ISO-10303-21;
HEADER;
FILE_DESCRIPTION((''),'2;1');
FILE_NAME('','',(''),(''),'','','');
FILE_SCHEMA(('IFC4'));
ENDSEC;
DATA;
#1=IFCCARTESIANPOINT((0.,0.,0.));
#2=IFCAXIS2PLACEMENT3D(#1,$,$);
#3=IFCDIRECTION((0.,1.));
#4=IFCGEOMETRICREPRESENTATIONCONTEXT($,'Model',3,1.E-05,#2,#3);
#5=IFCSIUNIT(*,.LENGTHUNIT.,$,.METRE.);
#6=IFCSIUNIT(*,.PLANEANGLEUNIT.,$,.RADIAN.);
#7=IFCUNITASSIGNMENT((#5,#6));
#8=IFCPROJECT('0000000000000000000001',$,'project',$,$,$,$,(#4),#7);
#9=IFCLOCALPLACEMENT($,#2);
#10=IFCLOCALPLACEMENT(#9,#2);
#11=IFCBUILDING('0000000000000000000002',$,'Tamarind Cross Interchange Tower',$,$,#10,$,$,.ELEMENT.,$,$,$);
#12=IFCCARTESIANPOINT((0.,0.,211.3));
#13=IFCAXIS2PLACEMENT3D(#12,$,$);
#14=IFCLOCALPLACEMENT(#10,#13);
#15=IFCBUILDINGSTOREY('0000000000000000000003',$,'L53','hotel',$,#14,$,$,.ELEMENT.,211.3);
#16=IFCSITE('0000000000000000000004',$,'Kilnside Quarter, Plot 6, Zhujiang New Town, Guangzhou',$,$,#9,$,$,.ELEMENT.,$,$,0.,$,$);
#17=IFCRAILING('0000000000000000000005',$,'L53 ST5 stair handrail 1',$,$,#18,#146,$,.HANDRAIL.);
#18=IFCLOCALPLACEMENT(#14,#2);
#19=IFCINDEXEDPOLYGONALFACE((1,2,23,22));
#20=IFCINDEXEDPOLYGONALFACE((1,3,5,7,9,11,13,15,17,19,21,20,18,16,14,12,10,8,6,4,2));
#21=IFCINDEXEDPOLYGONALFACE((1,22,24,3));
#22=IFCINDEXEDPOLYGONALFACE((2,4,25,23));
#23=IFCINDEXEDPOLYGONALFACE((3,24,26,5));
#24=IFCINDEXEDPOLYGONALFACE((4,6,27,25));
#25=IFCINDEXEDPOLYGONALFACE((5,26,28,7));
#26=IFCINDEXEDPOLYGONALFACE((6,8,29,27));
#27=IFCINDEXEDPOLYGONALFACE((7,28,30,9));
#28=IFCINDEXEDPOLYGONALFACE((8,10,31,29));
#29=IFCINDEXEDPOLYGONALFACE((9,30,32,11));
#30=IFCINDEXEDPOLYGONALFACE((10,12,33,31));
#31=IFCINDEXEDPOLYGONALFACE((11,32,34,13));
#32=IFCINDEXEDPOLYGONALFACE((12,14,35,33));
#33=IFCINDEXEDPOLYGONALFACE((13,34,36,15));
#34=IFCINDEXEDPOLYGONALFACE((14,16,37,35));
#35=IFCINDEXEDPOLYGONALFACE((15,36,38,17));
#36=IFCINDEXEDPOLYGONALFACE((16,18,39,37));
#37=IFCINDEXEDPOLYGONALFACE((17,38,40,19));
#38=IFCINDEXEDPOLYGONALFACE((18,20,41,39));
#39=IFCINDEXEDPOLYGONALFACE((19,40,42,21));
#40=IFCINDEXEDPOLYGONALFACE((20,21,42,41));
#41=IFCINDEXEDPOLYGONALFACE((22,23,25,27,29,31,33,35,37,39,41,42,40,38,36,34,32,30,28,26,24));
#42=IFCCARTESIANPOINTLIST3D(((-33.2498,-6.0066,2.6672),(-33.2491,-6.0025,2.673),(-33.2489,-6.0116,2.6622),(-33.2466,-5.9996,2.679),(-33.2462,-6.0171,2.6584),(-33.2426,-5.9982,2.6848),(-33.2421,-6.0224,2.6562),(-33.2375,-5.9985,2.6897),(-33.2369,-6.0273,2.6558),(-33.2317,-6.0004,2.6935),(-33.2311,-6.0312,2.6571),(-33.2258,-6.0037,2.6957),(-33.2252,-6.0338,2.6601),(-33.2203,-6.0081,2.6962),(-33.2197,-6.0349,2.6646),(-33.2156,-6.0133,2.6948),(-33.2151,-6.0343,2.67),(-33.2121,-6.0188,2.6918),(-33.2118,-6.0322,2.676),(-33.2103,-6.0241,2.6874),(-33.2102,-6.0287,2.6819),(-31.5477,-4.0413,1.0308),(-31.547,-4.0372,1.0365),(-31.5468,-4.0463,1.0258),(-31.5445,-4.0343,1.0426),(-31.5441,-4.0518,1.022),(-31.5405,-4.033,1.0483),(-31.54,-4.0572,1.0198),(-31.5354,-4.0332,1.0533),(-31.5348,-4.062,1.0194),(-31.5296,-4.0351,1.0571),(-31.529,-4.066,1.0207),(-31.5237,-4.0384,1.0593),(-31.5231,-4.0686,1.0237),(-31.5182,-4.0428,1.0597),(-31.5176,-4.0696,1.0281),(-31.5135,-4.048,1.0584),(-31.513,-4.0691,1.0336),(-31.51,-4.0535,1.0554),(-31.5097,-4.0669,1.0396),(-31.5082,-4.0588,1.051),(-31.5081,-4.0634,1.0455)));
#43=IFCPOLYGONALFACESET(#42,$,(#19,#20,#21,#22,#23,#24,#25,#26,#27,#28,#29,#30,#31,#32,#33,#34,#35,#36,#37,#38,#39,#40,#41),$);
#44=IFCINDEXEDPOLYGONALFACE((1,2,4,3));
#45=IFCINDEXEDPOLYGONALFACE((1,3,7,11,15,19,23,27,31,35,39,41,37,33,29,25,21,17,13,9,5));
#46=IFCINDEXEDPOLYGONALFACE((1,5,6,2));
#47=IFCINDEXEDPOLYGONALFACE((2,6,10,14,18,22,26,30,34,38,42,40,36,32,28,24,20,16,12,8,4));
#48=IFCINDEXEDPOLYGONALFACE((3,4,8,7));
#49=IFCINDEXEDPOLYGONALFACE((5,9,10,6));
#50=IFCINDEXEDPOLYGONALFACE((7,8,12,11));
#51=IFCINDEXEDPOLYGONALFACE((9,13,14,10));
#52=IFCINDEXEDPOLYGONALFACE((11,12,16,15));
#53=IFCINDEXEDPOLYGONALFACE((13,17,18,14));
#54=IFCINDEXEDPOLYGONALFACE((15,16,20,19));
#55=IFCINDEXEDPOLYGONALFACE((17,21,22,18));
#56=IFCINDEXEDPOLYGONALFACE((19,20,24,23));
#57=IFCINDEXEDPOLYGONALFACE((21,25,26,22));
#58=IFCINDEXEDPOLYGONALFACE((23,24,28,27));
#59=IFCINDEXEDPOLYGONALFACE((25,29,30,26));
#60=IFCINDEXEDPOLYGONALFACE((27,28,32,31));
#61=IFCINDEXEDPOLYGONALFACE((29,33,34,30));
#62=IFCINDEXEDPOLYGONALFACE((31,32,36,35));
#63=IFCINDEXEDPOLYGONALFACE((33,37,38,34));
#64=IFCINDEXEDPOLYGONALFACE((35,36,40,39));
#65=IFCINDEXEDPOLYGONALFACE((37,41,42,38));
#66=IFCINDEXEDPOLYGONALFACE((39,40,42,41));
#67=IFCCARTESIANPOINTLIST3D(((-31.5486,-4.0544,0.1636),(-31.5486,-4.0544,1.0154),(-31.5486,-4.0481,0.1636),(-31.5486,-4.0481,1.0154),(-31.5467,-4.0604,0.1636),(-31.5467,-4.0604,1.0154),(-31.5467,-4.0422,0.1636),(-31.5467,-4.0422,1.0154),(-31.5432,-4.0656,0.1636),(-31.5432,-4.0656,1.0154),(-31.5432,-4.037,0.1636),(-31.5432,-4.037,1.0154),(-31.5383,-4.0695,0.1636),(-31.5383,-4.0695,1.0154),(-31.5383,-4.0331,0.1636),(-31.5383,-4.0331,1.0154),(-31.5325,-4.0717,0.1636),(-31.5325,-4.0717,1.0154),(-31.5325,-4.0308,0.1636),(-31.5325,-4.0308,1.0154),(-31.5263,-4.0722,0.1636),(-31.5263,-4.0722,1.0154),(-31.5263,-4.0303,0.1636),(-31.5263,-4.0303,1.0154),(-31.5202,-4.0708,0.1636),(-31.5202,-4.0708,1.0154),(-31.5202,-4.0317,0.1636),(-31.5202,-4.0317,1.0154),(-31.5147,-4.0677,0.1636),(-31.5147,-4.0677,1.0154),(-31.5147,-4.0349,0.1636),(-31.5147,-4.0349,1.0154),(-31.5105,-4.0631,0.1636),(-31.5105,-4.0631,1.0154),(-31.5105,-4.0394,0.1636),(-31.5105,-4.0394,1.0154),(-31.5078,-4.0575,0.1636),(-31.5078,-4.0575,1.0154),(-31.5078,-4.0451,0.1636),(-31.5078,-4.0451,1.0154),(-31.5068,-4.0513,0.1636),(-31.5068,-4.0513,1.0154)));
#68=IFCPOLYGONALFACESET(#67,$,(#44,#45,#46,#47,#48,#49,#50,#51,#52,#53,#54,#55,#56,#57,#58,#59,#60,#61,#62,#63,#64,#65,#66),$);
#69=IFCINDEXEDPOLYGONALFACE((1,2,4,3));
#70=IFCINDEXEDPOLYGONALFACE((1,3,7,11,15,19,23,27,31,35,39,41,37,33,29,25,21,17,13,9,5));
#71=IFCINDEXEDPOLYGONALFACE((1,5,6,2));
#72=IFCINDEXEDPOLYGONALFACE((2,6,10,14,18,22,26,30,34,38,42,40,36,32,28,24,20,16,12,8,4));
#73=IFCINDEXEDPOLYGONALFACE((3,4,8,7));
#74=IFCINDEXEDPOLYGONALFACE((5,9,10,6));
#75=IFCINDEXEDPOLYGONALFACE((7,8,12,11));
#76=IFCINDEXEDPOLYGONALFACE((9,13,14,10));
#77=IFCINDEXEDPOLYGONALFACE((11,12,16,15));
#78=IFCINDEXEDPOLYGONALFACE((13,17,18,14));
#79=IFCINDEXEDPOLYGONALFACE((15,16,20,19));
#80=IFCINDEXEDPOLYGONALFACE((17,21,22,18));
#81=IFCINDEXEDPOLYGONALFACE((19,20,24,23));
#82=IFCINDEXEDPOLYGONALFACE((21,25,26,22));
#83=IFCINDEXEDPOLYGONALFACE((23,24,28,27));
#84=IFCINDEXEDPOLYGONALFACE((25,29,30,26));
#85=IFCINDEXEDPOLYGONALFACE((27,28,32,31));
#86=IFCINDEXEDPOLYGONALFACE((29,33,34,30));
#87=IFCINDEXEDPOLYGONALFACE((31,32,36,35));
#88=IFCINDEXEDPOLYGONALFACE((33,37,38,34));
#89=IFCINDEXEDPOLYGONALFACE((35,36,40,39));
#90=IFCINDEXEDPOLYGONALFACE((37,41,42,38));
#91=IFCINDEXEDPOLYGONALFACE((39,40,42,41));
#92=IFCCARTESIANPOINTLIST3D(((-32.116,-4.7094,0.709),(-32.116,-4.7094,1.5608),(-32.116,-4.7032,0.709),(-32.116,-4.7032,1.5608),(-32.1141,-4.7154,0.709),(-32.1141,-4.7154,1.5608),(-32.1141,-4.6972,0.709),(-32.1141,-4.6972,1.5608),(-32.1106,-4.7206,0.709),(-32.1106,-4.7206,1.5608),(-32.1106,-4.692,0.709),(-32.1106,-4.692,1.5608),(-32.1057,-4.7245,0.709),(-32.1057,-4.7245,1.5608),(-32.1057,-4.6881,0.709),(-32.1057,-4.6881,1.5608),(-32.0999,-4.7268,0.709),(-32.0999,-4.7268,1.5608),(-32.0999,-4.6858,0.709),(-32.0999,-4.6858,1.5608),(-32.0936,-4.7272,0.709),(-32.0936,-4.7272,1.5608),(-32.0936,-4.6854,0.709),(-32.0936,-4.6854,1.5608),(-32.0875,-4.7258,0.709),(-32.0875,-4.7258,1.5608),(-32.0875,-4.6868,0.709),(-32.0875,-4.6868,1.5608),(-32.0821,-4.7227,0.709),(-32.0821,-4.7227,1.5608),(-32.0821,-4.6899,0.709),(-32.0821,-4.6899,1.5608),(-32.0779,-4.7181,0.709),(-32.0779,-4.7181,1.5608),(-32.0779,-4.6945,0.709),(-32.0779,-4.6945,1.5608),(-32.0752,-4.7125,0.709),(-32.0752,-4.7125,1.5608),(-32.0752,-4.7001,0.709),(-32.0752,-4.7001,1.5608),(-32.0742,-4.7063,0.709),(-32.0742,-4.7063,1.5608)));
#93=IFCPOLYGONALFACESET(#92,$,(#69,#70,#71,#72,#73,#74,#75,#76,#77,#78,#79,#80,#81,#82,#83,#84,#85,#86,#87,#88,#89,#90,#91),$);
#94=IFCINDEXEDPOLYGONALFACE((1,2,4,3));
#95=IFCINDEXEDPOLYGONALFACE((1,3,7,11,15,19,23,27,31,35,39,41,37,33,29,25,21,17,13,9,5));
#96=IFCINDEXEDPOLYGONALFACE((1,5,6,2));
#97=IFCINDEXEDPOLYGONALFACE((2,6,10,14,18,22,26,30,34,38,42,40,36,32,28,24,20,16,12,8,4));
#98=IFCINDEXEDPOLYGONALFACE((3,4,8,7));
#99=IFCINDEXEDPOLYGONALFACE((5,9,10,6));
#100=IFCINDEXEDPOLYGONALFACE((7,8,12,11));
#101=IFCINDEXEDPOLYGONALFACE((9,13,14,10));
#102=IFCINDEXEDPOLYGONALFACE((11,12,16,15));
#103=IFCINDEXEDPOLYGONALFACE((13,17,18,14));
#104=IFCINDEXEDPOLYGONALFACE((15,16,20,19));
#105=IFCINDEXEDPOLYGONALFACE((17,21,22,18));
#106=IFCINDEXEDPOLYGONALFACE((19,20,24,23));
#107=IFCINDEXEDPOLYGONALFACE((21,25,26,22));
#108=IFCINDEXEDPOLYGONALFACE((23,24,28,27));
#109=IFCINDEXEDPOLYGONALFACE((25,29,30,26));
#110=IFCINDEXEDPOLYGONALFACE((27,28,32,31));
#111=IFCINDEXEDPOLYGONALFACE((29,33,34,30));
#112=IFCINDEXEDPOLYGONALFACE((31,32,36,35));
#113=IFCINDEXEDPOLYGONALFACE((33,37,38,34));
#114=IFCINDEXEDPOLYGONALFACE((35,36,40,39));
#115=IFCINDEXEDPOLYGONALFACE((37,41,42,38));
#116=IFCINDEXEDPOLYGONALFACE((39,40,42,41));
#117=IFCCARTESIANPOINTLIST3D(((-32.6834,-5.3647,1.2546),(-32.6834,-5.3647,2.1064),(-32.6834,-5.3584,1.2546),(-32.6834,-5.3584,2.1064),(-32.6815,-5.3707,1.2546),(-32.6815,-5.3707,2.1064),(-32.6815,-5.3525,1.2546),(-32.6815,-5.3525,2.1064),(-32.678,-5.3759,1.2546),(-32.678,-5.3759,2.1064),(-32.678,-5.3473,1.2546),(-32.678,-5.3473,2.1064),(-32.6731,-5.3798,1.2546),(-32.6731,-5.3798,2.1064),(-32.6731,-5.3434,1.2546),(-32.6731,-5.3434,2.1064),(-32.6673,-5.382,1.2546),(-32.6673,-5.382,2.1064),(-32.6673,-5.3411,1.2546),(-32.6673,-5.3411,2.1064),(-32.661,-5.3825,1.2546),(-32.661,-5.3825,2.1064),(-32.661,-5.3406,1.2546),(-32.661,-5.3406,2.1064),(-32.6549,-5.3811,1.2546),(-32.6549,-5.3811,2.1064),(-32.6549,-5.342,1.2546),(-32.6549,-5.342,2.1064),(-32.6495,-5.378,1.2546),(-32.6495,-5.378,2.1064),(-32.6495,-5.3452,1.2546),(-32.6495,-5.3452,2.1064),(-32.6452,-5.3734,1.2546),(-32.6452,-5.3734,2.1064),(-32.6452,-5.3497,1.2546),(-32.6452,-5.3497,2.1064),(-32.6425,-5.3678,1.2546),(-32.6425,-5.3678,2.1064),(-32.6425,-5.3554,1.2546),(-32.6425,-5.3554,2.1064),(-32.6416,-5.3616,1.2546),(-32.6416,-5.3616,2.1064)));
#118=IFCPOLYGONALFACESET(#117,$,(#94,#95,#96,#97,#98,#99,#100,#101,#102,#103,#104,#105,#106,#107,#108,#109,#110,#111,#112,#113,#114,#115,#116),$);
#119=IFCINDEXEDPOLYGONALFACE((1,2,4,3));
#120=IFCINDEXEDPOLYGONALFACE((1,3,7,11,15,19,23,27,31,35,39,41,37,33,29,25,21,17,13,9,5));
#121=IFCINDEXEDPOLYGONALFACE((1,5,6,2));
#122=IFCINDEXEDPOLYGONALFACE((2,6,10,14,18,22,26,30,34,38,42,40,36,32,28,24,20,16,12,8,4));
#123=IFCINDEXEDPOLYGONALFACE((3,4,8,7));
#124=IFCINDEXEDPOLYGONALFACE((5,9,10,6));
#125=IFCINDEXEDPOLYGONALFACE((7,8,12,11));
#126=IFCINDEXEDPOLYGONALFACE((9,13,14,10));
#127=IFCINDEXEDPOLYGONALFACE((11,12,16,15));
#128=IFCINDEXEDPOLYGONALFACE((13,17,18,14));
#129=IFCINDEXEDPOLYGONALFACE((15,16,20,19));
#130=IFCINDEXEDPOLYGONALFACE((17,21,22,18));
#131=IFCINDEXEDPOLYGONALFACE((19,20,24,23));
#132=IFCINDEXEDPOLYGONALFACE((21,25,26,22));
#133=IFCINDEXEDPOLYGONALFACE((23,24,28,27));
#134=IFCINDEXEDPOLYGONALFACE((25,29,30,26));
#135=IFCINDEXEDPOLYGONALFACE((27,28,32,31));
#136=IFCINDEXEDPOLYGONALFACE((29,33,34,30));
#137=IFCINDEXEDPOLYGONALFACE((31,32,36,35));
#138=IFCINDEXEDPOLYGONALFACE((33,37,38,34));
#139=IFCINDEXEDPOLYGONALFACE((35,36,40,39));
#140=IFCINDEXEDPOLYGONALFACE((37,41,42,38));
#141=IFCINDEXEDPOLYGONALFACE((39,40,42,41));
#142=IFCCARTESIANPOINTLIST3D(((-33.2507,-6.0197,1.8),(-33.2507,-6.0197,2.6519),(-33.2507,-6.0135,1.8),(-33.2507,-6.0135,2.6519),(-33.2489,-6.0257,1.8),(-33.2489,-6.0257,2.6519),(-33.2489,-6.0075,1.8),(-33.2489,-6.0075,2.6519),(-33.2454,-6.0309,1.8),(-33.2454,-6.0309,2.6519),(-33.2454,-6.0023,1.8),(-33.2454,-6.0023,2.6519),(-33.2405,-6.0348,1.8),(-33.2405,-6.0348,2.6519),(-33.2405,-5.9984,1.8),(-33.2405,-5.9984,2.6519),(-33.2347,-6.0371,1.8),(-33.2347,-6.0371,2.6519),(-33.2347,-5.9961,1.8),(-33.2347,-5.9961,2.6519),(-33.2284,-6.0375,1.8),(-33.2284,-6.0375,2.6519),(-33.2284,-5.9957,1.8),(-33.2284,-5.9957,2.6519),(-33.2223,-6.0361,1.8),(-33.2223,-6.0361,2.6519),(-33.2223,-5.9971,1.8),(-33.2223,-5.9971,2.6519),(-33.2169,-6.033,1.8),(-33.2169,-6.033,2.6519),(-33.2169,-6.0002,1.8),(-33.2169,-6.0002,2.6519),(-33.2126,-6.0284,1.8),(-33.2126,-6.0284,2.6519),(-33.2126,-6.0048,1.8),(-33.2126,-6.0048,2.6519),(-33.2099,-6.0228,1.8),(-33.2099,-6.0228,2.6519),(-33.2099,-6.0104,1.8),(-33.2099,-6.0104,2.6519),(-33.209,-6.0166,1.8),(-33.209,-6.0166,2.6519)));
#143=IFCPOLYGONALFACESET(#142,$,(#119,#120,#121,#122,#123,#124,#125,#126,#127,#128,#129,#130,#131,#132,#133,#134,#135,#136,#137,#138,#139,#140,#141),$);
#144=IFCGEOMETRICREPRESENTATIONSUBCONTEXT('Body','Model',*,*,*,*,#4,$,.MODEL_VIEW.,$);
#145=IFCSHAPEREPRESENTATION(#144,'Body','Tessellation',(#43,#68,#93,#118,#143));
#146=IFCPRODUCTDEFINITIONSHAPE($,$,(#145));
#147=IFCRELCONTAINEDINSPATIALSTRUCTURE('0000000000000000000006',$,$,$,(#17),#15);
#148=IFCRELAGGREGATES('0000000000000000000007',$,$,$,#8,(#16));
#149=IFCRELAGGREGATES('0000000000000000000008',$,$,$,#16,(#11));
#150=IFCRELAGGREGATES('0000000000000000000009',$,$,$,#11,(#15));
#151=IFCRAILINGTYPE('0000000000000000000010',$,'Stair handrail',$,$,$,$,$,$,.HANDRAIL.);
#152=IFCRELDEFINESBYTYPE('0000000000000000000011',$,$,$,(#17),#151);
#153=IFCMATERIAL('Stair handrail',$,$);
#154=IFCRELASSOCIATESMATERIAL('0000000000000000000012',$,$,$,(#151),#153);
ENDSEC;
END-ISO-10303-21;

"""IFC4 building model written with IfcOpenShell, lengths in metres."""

from ifc_helpers import new_model, si_unit, direction, frame, origin, origin_2d, place, context, subcontext, project, spatial, circle, extrude, material, type_object, element, save


model = new_model("IFC4")

# Units and contexts
model_context = context("Model", 3, precision=1e-05, world=origin(), true_north=direction((0.0, 1.0)))
body_context = subcontext(model_context, "Body", "Model", "MODEL_VIEW")
ifc_project = project(units=[si_unit("LENGTHUNIT", "METRE"), si_unit("PLANEANGLEUNIT", "RADIAN")], contexts=[model_context])

# Site, building, storey
site_placement = place(None, origin())
site = spatial("IfcSite", under=ifc_project, at=site_placement, Name="Kilnside Quarter, Plot 6, Zhujiang New Town, Guangzhou", CompositionType="ELEMENT", RefElevation=0.0)
building_placement = place(site_placement, origin())
building = spatial("IfcBuilding", under=site, at=building_placement, Name="Tamarind Cross Interchange Tower", CompositionType="ELEMENT")
storey_placement = place(building_placement, frame((0.0, 0.0, 211.3)))
storey = spatial("IfcBuildingStorey", under=building, at=storey_placement, Name="L53", Description="hotel", CompositionType="ELEMENT", Elevation=211.3)

# Railing
ifc_material_1 = material(Name="Stair handrail")
railing_type_1 = type_object("IfcRailingType", Name="Stair handrail", PredefinedType="HANDRAIL", material=ifc_material_1)
railing_1_placement = place(storey_placement, frame((-31.5278, -4.0513, 0.1636)))
element("IfcRailing", 1, at=railing_1_placement, inside=storey, type_object=railing_type_1, Name="L53 ST5 stair handrail 1", PredefinedType="HANDRAIL", context=body_context, shape_type="SweptSolid", body=[
    extrude(circle(Radius=0.0239, at=origin_2d()), frame((0.0, 0.0, 0.876), z_axis=(-0.554064, -0.639733, 0.532687), x_axis=(0.755906, -0.65468, 0.0)), (0.0, 0.0, 1.0), 3.072),
    extrude(circle(Radius=0.021, at=origin_2d()), origin(), (0.0, 0.0, 1.0), 0.8518),
    extrude(circle(Radius=0.021, at=origin_2d()), frame((-0.5674, -0.655, 0.5454)), (0.0, 0.0, 1.0), 0.8518),
    extrude(circle(Radius=0.021, at=origin_2d()), frame((-1.1348, -1.3103, 1.0911)), (0.0, 0.0, 1.0), 0.8518),
    extrude(circle(Radius=0.021, at=origin_2d()), frame((-1.7021, -1.9653, 1.6365)), (0.0, 0.0, 1.0), 0.8518),
])

save(model, "model.ifc")
